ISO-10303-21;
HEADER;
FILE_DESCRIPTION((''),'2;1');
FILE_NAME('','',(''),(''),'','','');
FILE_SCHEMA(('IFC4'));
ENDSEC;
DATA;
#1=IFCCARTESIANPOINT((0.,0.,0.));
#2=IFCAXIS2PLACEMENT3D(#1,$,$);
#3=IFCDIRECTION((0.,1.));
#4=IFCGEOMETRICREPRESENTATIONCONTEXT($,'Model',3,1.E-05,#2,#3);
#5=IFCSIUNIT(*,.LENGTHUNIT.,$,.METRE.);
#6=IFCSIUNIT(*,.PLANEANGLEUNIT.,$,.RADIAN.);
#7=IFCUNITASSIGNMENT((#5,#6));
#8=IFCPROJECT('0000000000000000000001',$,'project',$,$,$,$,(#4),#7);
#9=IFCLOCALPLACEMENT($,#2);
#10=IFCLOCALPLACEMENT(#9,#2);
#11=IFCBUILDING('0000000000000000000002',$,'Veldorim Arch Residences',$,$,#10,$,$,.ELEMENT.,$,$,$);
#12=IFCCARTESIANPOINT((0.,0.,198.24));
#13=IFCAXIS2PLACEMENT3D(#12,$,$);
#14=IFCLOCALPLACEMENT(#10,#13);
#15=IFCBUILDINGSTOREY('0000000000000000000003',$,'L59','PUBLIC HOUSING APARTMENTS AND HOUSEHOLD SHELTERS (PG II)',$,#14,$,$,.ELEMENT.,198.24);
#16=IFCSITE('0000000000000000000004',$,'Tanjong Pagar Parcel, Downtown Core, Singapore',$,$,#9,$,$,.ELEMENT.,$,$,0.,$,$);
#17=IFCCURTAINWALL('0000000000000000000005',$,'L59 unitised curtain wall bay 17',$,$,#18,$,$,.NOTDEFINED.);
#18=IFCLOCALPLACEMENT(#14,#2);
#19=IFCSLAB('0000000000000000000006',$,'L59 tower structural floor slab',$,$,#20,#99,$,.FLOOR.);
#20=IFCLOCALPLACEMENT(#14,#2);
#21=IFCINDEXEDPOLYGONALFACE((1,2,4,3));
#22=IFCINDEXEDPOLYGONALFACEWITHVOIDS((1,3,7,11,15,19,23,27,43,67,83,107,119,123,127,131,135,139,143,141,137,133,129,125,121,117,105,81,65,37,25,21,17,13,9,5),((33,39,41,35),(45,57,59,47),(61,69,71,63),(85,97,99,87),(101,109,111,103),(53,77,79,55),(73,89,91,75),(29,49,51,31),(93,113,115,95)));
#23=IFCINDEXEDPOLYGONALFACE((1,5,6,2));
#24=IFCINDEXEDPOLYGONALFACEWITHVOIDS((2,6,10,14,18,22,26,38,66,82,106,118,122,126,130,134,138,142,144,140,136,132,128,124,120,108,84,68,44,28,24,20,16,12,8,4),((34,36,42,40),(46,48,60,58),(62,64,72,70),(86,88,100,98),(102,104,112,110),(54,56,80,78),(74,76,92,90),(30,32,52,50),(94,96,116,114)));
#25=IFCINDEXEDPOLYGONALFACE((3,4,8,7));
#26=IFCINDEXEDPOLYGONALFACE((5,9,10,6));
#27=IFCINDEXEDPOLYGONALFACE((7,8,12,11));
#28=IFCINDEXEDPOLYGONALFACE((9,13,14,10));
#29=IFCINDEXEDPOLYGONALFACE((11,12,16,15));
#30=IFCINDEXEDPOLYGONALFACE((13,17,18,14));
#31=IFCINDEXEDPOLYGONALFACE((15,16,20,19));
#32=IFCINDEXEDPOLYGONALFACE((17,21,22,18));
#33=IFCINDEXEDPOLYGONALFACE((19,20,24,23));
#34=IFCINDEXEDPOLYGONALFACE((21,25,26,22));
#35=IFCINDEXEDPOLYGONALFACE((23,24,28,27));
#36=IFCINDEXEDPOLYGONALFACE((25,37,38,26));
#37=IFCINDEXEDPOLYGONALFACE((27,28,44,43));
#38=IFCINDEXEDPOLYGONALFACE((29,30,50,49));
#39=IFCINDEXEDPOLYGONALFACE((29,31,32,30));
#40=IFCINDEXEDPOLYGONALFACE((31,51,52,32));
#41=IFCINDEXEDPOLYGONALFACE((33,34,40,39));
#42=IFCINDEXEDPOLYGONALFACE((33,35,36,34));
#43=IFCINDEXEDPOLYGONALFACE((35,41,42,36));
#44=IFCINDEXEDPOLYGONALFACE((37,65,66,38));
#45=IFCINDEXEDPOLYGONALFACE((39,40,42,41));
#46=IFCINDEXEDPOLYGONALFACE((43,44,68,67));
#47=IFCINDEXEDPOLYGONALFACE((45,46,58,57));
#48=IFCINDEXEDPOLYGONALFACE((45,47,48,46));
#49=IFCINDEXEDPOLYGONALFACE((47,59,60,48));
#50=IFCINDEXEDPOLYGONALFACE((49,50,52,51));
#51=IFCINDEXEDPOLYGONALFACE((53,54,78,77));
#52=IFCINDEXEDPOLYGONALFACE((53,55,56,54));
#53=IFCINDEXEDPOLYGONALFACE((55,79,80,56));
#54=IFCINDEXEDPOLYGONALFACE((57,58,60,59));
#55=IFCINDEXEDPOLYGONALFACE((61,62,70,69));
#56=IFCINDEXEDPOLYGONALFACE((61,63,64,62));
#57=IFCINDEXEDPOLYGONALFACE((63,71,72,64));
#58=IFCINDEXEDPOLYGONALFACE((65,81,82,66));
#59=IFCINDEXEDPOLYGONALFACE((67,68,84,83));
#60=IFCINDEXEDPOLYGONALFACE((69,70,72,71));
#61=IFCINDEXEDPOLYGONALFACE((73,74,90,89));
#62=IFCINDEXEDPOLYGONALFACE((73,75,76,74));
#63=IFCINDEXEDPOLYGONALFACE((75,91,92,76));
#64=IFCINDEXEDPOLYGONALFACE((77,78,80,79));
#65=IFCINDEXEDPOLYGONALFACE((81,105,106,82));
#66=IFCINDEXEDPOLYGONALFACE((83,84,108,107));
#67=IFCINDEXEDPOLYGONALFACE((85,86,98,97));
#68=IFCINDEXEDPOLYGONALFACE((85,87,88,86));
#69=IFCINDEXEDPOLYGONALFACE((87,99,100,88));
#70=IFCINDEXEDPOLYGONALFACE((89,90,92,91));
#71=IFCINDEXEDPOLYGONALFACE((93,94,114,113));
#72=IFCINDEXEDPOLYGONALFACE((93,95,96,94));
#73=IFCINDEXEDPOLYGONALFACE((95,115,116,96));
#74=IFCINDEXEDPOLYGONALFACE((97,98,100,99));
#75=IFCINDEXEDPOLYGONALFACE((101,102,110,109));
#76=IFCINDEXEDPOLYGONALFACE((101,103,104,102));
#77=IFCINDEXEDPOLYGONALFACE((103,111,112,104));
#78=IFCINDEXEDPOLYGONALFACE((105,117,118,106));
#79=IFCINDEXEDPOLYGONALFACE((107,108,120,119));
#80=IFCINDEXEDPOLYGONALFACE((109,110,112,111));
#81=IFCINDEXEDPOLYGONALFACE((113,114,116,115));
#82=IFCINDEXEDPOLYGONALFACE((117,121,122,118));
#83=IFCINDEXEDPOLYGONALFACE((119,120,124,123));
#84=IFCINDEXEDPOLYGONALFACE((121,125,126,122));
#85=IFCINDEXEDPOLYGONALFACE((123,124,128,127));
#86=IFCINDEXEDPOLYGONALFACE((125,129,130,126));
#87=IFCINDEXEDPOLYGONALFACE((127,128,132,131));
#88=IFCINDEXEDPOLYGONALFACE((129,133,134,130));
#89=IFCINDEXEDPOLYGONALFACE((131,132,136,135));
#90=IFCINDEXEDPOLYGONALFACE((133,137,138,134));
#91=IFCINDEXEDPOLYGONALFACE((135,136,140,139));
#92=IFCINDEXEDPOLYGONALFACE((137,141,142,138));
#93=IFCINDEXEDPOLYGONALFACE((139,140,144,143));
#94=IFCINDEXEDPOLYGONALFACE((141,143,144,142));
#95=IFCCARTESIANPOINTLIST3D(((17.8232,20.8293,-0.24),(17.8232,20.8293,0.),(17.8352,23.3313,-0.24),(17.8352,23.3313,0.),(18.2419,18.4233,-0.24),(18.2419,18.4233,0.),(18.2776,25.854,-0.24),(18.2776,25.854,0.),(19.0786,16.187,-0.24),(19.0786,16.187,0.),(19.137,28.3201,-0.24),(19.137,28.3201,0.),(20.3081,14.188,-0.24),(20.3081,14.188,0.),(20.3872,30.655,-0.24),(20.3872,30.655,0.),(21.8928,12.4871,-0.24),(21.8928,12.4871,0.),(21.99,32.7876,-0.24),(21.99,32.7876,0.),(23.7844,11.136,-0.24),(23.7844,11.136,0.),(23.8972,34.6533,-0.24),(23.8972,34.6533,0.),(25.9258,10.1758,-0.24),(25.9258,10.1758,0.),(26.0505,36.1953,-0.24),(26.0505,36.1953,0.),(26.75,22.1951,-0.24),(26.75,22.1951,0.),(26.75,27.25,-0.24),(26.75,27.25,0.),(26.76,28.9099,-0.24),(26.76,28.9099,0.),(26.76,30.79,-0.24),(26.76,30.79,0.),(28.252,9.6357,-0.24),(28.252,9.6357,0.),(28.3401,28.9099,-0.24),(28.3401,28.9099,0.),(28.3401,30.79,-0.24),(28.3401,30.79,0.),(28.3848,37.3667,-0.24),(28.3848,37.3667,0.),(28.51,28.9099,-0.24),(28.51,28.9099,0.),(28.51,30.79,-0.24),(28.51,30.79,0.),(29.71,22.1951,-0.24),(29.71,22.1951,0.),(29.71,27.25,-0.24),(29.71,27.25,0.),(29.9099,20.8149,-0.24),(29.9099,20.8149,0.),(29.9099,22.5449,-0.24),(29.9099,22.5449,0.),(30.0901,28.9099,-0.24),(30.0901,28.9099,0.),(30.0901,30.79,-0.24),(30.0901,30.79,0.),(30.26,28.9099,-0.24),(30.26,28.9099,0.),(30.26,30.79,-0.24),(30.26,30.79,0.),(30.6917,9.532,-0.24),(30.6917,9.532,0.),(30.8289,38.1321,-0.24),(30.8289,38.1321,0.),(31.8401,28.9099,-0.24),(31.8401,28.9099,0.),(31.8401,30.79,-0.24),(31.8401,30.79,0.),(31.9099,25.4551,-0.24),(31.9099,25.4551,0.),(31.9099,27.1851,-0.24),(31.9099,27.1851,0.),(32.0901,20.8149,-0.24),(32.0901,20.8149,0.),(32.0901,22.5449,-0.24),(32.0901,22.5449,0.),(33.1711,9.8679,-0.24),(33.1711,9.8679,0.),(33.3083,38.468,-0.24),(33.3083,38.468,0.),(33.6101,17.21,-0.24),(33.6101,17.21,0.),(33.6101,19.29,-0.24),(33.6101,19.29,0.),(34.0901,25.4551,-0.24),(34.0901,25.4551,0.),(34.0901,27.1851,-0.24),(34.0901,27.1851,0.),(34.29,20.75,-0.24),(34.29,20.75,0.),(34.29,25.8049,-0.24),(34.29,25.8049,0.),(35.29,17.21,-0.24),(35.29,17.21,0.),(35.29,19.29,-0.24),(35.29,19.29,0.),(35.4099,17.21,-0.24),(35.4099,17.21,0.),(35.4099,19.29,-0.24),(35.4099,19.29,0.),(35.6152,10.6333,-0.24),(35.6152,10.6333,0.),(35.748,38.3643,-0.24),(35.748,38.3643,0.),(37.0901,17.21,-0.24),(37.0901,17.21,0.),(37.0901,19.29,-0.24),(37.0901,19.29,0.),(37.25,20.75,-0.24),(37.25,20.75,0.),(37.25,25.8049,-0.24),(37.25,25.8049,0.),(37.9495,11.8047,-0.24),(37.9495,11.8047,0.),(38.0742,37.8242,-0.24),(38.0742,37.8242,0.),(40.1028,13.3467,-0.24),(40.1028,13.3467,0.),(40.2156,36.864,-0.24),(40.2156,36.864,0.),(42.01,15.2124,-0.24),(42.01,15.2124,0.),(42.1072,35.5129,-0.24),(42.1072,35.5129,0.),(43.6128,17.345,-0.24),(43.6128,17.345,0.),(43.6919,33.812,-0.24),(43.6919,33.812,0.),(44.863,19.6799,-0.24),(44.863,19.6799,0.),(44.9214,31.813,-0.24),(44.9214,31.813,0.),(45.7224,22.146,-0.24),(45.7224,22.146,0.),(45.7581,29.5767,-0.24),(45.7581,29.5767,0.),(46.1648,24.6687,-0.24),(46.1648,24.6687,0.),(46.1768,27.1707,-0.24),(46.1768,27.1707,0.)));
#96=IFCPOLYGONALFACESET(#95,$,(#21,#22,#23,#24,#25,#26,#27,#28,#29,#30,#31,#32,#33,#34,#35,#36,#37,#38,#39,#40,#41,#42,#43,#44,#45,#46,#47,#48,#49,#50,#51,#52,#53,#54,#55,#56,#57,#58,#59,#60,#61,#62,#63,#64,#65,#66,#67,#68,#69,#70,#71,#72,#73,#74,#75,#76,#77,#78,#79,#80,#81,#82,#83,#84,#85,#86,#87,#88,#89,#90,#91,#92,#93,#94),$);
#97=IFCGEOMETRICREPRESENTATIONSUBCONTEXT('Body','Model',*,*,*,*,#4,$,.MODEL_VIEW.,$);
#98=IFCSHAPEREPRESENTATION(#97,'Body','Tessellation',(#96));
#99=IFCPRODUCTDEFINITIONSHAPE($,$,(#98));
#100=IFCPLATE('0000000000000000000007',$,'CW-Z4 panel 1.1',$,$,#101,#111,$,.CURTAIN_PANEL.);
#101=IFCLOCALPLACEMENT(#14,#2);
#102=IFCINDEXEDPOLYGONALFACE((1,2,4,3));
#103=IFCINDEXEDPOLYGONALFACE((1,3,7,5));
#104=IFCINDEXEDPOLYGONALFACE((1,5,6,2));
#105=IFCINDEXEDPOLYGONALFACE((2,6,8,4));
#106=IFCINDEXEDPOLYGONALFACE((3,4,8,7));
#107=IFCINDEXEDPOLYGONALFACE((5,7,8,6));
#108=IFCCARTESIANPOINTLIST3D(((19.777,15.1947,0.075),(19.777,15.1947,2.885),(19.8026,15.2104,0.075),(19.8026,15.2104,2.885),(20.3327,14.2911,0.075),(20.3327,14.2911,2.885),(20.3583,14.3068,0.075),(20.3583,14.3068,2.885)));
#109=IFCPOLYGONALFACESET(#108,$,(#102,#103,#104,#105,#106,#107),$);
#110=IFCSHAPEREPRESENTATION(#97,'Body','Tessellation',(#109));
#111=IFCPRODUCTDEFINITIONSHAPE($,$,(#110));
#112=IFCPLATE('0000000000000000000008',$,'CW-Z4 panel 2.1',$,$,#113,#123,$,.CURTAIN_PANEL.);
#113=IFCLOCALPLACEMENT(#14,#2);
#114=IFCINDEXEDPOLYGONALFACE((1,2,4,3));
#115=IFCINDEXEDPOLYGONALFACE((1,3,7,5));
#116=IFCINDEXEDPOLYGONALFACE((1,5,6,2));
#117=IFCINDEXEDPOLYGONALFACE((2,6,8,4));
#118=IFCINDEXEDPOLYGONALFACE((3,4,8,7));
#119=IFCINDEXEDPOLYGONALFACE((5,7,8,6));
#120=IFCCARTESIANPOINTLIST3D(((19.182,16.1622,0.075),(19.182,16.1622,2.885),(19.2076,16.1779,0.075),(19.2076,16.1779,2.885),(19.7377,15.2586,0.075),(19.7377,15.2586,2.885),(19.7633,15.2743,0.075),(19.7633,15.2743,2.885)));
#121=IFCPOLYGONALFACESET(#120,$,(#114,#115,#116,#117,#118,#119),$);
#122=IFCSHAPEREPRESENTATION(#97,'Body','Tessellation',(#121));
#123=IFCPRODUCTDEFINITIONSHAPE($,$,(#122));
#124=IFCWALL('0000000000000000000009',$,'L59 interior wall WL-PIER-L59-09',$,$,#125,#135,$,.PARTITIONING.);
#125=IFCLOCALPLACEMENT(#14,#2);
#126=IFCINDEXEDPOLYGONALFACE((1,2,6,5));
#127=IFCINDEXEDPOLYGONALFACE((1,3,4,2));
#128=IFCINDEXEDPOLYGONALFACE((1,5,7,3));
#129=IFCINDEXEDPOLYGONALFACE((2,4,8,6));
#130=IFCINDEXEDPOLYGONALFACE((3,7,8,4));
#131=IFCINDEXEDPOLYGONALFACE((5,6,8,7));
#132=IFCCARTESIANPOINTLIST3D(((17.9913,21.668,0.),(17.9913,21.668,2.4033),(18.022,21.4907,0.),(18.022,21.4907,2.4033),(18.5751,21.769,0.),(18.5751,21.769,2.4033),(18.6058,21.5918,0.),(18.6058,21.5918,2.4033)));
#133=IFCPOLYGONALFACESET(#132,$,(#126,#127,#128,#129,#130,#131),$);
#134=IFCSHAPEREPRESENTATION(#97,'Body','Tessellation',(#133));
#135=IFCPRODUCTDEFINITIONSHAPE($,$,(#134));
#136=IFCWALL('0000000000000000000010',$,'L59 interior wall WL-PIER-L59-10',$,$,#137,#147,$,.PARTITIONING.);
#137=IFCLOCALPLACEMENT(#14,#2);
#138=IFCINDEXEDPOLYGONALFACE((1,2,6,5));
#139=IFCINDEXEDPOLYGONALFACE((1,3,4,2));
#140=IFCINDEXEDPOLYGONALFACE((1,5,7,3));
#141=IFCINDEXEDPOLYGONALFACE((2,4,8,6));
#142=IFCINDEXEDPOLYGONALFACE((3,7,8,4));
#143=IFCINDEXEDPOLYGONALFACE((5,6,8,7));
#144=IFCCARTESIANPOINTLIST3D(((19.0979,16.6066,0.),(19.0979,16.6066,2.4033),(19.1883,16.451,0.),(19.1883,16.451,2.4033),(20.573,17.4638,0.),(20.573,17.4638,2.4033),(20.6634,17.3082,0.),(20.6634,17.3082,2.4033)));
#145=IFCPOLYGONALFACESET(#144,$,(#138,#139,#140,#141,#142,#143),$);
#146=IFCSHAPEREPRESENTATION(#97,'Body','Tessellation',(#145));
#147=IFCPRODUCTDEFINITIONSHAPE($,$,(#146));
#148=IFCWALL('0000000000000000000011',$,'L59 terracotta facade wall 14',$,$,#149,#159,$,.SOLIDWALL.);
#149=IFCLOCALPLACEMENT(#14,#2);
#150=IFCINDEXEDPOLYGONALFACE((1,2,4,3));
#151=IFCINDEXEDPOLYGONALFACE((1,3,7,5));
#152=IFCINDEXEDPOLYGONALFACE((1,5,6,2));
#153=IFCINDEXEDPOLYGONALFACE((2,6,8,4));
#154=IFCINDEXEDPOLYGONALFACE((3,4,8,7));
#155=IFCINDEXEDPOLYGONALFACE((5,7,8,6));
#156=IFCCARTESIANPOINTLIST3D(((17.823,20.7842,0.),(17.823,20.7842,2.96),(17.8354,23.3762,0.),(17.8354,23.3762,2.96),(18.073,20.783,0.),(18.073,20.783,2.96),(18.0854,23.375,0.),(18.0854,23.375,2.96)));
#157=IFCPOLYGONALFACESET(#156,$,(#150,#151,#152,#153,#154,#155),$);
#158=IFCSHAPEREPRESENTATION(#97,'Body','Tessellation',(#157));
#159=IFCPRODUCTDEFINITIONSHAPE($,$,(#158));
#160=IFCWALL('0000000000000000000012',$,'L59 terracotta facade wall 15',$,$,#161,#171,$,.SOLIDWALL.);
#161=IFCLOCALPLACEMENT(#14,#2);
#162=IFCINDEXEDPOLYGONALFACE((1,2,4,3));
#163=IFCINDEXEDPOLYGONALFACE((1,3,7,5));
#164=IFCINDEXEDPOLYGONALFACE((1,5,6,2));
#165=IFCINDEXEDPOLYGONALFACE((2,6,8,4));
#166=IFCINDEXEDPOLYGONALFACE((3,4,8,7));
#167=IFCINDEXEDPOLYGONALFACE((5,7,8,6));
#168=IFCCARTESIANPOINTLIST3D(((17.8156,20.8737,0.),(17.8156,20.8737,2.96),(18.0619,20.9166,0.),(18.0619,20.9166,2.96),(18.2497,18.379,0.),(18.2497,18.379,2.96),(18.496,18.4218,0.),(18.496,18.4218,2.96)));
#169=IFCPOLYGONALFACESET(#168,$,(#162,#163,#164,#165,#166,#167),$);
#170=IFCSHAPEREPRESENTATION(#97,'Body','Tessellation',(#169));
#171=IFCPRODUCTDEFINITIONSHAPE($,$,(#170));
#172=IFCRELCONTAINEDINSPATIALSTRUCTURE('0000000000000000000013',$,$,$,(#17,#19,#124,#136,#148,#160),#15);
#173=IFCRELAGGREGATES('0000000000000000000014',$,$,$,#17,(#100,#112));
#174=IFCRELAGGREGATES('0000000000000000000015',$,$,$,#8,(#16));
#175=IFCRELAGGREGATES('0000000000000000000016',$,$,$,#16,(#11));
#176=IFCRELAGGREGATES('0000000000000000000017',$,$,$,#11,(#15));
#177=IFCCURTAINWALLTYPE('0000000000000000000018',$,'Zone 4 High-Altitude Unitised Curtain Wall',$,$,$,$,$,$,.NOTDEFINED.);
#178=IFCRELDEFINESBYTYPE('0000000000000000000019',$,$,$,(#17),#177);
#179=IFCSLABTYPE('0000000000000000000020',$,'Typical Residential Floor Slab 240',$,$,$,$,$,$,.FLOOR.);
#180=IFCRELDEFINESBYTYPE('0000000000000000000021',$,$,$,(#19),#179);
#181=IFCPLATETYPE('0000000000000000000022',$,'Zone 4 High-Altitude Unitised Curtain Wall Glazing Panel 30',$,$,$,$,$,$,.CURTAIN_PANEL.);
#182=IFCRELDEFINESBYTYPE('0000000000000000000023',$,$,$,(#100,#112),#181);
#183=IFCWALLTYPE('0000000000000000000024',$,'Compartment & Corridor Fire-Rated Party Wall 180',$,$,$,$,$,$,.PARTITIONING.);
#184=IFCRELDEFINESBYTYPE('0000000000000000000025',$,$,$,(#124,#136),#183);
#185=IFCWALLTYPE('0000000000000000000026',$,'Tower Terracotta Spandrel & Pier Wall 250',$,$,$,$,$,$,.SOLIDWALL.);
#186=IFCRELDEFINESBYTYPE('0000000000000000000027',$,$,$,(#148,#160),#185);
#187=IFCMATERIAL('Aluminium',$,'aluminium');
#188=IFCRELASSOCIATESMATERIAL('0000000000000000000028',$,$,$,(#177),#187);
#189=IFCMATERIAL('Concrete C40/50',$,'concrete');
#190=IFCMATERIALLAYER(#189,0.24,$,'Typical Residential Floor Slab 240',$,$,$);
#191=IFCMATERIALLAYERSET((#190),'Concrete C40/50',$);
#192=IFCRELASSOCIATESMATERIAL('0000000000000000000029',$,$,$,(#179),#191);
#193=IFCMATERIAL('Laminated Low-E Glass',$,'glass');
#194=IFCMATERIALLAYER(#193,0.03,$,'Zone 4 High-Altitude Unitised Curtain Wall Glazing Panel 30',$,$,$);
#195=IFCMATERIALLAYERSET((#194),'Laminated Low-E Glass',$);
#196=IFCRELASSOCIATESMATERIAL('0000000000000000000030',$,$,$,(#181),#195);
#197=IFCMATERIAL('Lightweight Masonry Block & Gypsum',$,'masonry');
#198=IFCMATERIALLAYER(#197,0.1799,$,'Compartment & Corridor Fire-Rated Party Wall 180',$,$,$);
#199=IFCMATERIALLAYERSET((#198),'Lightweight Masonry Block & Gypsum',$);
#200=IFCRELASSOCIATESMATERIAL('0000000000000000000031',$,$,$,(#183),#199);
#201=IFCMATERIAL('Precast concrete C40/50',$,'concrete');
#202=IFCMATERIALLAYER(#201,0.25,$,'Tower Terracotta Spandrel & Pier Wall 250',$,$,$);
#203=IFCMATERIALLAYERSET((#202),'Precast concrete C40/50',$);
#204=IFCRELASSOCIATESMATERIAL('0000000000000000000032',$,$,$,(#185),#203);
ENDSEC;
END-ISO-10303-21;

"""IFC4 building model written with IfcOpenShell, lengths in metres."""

from ifc_helpers import new_model, si_unit, direction, frame, frame_2d, origin, origin_2d, place, context, subcontext, project, spatial, polyline, rectangle, outline, extrude, material, layer, layer_set, type_object, element, aggregate, save


model = new_model("IFC4")

# Units and contexts
model_context = context("Model", 3, precision=1e-05, world=origin(), true_north=direction((0.0, 1.0)))
body_context = subcontext(model_context, "Body", "Model", "MODEL_VIEW")
ifc_project = project(units=[si_unit("LENGTHUNIT", "METRE"), si_unit("PLANEANGLEUNIT", "RADIAN")], contexts=[model_context])

# Site, building, storey
site_placement = place(None, origin())
site = spatial("IfcSite", under=ifc_project, at=site_placement, Name="Tanjong Pagar Parcel, Downtown Core, Singapore", CompositionType="ELEMENT", RefElevation=0.0)
building_placement = place(site_placement, origin())
building = spatial("IfcBuilding", under=site, at=building_placement, Name="Veldorim Arch Residences", CompositionType="ELEMENT")
storey_placement = place(building_placement, frame((0.0, 0.0, 198.24)))
storey = spatial("IfcBuildingStorey", under=building, at=storey_placement, Name="L59", Description="PUBLIC HOUSING APARTMENTS AND HOUSEHOLD SHELTERS (PG II)", CompositionType="ELEMENT", Elevation=198.24)

# Curtain wall
ifc_material_1 = material(Name="Aluminium", Category="aluminium")
curtain_wall_type = type_object("IfcCurtainWallType", Name="Zone 4 High-Altitude Unitised Curtain Wall", PredefinedType="NOTDEFINED", material=ifc_material_1)
curtain_wall_placement = place(storey_placement, origin())
curtain_wall = element("IfcCurtainWall", 1, at=curtain_wall_placement, inside=storey, type_object=curtain_wall_type, Name="L59 unitised curtain wall bay 17", PredefinedType="NOTDEFINED")

# Slab
ifc_material_2 = material(Name="Concrete C40/50", Category="concrete")
ifc_layer_1 = layer(ifc_material_2, 0.24, Name="Typical Residential Floor Slab 240")
ifc_layer_set_1 = layer_set([ifc_layer_1], Name="Concrete C40/50")
slab_type_1 = type_object("IfcSlabType", Name="Typical Residential Floor Slab 240", PredefinedType="FLOOR", material=ifc_layer_set_1)
slab_1_placement = place(storey_placement, frame((0.0, 0.0, -0.24)))
element("IfcSlab", 2, at=slab_1_placement, inside=storey, type_object=slab_type_1, Name="L59 tower structural floor slab", PredefinedType="FLOOR", context=body_context, shape_type="SweptSolid", body=[
    extrude(outline(polyline([(42.1072, 35.5129), (40.2156, 36.864), (38.0742, 37.8242), (35.748, 38.3643), (33.3083, 38.468), (30.8289, 38.1321), (28.3848, 37.3667), (26.0505, 36.1953), (23.8972, 34.6533), (21.99, 32.7876), (20.3872, 30.655), (19.137, 28.3201), (18.2776, 25.854), (17.8352, 23.3313), (17.8232, 20.8293), (18.2419, 18.4233), (19.0786, 16.187), (20.3081, 14.188), (21.8928, 12.4871), (23.7844, 11.136), (25.9258, 10.1758), (28.252, 9.6357), (30.6917, 9.532), (33.1711, 9.8679), (35.6152, 10.6333), (37.9495, 11.8047), (40.1028, 13.3467), (42.01, 15.2124), (43.6128, 17.345), (44.863, 19.6799), (45.7224, 22.146), (46.1648, 24.6687), (46.1768, 27.1707), (45.7581, 29.5767), (44.9214, 31.813), (43.6919, 33.812), (42.1072, 35.5129)]), holes=[polyline([(33.6101, 17.21), (33.6101, 19.29), (35.29, 19.29), (35.29, 17.21), (33.6101, 17.21)]), polyline([(35.4099, 17.21), (35.4099, 19.29), (37.0901, 19.29), (37.0901, 17.21), (35.4099, 17.21)]), polyline([(29.9099, 20.8149), (29.9099, 22.5449), (32.0901, 22.5449), (32.0901, 20.8149), (29.9099, 20.8149)]), polyline([(34.29, 20.75), (34.29, 25.8049), (37.25, 25.8049), (37.25, 20.75), (34.29, 20.75)]), polyline([(26.75, 22.1951), (26.75, 27.25), (29.71, 27.25), (29.71, 22.1951), (26.75, 22.1951)]), polyline([(31.9099, 25.4551), (31.9099, 27.1851), (34.0901, 27.1851), (34.0901, 25.4551), (31.9099, 25.4551)]), polyline([(26.76, 28.9099), (26.76, 30.79), (28.3401, 30.79), (28.3401, 28.9099), (26.76, 28.9099)]), polyline([(28.51, 30.79), (30.0901, 30.79), (30.0901, 28.9099), (28.51, 28.9099), (28.51, 30.79)]), polyline([(30.26, 30.79), (31.8401, 30.79), (31.8401, 28.9099), (30.26, 28.9099), (30.26, 30.79)])]), origin(), (0.0, 0.0, 1.0), 0.24),
])

# Plates
ifc_material_3 = material(Name="Laminated Low-E Glass", Category="glass")
ifc_layer_2 = layer(ifc_material_3, 0.03, Name="Zone 4 High-Altitude Unitised Curtain Wall Glazing Panel 30")
ifc_layer_set_2 = layer_set([ifc_layer_2], Name="Laminated Low-E Glass")
plate_type = type_object("IfcPlateType", Name="Zone 4 High-Altitude Unitised Curtain Wall Glazing Panel 30", PredefinedType="CURTAIN_PANEL", material=ifc_layer_set_2)
plate_1_placement = place(storey_placement, frame((20.0676, 14.7507, 0.075), z_axis=(0.0, 0.0, 1.0), x_axis=(-0.523864, 0.851802, 0.0)))
plate_1 = element("IfcPlate", 3, at=plate_1_placement, type_object=plate_type, Name="CW-Z4 panel 1.1", PredefinedType="CURTAIN_PANEL", context=body_context, shape_type="SweptSolid", body=[
    extrude(rectangle(XDim=1.0608, YDim=0.03, at=origin_2d()), origin(), (0.0, 0.0, 1.0), 2.8101),
])
plate_2_placement = place(storey_placement, frame((19.4727, 15.7183, 0.075), z_axis=(0.0, 0.0, 1.0), x_axis=(-0.523864, 0.851802, 0.0)))
plate_2 = element("IfcPlate", 4, at=plate_2_placement, type_object=plate_type, Name="CW-Z4 panel 2.1", PredefinedType="CURTAIN_PANEL", context=body_context, shape_type="SweptSolid", body=[
    extrude(rectangle(XDim=1.0608, YDim=0.03, at=origin_2d()), origin(), (0.0, 0.0, 1.0), 2.8101),
])
aggregate(curtain_wall, [plate_1, plate_2])

# Walls
ifc_material_4 = material(Name="Lightweight Masonry Block & Gypsum", Category="masonry")
ifc_layer_3 = layer(ifc_material_4, 0.1799, Name="Compartment & Corridor Fire-Rated Party Wall 180")
ifc_layer_set_3 = layer_set([ifc_layer_3], Name="Lightweight Masonry Block & Gypsum")
wall_type_1 = type_object("IfcWallType", Name="Compartment & Corridor Fire-Rated Party Wall 180", PredefinedType="PARTITIONING", material=ifc_layer_set_3)
wall_1_placement = place(storey_placement, frame((18.5906, 21.6804, 0.0), z_axis=(0.0, 0.0, 1.0), x_axis=(-0.985339, -0.170611, 0.0)))
element("IfcWall", 5, at=wall_1_placement, inside=storey, type_object=wall_type_1, Name="L59 interior wall WL-PIER-L59-09", PredefinedType="PARTITIONING", context=body_context, shape_type="SweptSolid", body=[
    extrude(rectangle(XDim=0.5925, YDim=0.1799, at=frame_2d((0.2964, 0.0))), origin(), (0.0, 0.0, 1.0), 2.4033),
])
wall_2_placement = place(storey_placement, frame((20.6182, 17.386, 0.0), z_axis=(0.0, 0.0, 1.0), x_axis=(-0.864619, -0.502429, 0.0)))
element("IfcWall", 6, at=wall_2_placement, inside=storey, type_object=wall_type_1, Name="L59 interior wall WL-PIER-L59-10", PredefinedType="PARTITIONING", context=body_context, shape_type="SweptSolid", body=[
    extrude(rectangle(XDim=1.7061, YDim=0.1799, at=frame_2d((0.853, 0.0))), origin(), (0.0, 0.0, 1.0), 2.4033),
])
ifc_material_5 = material(Name="Precast concrete C40/50", Category="concrete")
ifc_layer_4 = layer(ifc_material_5, 0.25, Name="Tower Terracotta Spandrel & Pier Wall 250")
ifc_layer_set_4 = layer_set([ifc_layer_4], Name="Precast concrete C40/50")
wall_type_2 = type_object("IfcWallType", Name="Tower Terracotta Spandrel & Pier Wall 250", PredefinedType="SOLIDWALL", material=ifc_layer_set_4)
wall_3_placement = place(storey_placement, frame((17.948, 20.7837, 0.0), z_axis=(0.0, 0.0, 1.0), x_axis=(0.004804, 0.999988, 0.0)))
element("IfcWall", 7, at=wall_3_placement, inside=storey, type_object=wall_type_2, Name="L59 terracotta facade wall 14", PredefinedType="SOLIDWALL", context=body_context, shape_type="SweptSolid", body=[
    extrude(rectangle(XDim=2.592, YDim=0.25, at=frame_2d((1.2959, 0.0))), origin(), (0.0, 0.0, 1.0), 2.96),
])
wall_4_placement = place(storey_placement, frame((18.3728, 18.4004, 0.0), z_axis=(0.0, 0.0, 1.0), x_axis=(-0.171431, 0.985196, 0.0)))
element("IfcWall", 8, at=wall_4_placement, inside=storey, type_object=wall_type_2, Name="L59 terracotta facade wall 15", PredefinedType="SOLIDWALL", context=body_context, shape_type="SweptSolid", body=[
    extrude(rectangle(XDim=2.5322, YDim=0.25, at=frame_2d((1.2661, 0.0))), origin(), (0.0, 0.0, 1.0), 2.96),
])

save(model, "model.ifc")
